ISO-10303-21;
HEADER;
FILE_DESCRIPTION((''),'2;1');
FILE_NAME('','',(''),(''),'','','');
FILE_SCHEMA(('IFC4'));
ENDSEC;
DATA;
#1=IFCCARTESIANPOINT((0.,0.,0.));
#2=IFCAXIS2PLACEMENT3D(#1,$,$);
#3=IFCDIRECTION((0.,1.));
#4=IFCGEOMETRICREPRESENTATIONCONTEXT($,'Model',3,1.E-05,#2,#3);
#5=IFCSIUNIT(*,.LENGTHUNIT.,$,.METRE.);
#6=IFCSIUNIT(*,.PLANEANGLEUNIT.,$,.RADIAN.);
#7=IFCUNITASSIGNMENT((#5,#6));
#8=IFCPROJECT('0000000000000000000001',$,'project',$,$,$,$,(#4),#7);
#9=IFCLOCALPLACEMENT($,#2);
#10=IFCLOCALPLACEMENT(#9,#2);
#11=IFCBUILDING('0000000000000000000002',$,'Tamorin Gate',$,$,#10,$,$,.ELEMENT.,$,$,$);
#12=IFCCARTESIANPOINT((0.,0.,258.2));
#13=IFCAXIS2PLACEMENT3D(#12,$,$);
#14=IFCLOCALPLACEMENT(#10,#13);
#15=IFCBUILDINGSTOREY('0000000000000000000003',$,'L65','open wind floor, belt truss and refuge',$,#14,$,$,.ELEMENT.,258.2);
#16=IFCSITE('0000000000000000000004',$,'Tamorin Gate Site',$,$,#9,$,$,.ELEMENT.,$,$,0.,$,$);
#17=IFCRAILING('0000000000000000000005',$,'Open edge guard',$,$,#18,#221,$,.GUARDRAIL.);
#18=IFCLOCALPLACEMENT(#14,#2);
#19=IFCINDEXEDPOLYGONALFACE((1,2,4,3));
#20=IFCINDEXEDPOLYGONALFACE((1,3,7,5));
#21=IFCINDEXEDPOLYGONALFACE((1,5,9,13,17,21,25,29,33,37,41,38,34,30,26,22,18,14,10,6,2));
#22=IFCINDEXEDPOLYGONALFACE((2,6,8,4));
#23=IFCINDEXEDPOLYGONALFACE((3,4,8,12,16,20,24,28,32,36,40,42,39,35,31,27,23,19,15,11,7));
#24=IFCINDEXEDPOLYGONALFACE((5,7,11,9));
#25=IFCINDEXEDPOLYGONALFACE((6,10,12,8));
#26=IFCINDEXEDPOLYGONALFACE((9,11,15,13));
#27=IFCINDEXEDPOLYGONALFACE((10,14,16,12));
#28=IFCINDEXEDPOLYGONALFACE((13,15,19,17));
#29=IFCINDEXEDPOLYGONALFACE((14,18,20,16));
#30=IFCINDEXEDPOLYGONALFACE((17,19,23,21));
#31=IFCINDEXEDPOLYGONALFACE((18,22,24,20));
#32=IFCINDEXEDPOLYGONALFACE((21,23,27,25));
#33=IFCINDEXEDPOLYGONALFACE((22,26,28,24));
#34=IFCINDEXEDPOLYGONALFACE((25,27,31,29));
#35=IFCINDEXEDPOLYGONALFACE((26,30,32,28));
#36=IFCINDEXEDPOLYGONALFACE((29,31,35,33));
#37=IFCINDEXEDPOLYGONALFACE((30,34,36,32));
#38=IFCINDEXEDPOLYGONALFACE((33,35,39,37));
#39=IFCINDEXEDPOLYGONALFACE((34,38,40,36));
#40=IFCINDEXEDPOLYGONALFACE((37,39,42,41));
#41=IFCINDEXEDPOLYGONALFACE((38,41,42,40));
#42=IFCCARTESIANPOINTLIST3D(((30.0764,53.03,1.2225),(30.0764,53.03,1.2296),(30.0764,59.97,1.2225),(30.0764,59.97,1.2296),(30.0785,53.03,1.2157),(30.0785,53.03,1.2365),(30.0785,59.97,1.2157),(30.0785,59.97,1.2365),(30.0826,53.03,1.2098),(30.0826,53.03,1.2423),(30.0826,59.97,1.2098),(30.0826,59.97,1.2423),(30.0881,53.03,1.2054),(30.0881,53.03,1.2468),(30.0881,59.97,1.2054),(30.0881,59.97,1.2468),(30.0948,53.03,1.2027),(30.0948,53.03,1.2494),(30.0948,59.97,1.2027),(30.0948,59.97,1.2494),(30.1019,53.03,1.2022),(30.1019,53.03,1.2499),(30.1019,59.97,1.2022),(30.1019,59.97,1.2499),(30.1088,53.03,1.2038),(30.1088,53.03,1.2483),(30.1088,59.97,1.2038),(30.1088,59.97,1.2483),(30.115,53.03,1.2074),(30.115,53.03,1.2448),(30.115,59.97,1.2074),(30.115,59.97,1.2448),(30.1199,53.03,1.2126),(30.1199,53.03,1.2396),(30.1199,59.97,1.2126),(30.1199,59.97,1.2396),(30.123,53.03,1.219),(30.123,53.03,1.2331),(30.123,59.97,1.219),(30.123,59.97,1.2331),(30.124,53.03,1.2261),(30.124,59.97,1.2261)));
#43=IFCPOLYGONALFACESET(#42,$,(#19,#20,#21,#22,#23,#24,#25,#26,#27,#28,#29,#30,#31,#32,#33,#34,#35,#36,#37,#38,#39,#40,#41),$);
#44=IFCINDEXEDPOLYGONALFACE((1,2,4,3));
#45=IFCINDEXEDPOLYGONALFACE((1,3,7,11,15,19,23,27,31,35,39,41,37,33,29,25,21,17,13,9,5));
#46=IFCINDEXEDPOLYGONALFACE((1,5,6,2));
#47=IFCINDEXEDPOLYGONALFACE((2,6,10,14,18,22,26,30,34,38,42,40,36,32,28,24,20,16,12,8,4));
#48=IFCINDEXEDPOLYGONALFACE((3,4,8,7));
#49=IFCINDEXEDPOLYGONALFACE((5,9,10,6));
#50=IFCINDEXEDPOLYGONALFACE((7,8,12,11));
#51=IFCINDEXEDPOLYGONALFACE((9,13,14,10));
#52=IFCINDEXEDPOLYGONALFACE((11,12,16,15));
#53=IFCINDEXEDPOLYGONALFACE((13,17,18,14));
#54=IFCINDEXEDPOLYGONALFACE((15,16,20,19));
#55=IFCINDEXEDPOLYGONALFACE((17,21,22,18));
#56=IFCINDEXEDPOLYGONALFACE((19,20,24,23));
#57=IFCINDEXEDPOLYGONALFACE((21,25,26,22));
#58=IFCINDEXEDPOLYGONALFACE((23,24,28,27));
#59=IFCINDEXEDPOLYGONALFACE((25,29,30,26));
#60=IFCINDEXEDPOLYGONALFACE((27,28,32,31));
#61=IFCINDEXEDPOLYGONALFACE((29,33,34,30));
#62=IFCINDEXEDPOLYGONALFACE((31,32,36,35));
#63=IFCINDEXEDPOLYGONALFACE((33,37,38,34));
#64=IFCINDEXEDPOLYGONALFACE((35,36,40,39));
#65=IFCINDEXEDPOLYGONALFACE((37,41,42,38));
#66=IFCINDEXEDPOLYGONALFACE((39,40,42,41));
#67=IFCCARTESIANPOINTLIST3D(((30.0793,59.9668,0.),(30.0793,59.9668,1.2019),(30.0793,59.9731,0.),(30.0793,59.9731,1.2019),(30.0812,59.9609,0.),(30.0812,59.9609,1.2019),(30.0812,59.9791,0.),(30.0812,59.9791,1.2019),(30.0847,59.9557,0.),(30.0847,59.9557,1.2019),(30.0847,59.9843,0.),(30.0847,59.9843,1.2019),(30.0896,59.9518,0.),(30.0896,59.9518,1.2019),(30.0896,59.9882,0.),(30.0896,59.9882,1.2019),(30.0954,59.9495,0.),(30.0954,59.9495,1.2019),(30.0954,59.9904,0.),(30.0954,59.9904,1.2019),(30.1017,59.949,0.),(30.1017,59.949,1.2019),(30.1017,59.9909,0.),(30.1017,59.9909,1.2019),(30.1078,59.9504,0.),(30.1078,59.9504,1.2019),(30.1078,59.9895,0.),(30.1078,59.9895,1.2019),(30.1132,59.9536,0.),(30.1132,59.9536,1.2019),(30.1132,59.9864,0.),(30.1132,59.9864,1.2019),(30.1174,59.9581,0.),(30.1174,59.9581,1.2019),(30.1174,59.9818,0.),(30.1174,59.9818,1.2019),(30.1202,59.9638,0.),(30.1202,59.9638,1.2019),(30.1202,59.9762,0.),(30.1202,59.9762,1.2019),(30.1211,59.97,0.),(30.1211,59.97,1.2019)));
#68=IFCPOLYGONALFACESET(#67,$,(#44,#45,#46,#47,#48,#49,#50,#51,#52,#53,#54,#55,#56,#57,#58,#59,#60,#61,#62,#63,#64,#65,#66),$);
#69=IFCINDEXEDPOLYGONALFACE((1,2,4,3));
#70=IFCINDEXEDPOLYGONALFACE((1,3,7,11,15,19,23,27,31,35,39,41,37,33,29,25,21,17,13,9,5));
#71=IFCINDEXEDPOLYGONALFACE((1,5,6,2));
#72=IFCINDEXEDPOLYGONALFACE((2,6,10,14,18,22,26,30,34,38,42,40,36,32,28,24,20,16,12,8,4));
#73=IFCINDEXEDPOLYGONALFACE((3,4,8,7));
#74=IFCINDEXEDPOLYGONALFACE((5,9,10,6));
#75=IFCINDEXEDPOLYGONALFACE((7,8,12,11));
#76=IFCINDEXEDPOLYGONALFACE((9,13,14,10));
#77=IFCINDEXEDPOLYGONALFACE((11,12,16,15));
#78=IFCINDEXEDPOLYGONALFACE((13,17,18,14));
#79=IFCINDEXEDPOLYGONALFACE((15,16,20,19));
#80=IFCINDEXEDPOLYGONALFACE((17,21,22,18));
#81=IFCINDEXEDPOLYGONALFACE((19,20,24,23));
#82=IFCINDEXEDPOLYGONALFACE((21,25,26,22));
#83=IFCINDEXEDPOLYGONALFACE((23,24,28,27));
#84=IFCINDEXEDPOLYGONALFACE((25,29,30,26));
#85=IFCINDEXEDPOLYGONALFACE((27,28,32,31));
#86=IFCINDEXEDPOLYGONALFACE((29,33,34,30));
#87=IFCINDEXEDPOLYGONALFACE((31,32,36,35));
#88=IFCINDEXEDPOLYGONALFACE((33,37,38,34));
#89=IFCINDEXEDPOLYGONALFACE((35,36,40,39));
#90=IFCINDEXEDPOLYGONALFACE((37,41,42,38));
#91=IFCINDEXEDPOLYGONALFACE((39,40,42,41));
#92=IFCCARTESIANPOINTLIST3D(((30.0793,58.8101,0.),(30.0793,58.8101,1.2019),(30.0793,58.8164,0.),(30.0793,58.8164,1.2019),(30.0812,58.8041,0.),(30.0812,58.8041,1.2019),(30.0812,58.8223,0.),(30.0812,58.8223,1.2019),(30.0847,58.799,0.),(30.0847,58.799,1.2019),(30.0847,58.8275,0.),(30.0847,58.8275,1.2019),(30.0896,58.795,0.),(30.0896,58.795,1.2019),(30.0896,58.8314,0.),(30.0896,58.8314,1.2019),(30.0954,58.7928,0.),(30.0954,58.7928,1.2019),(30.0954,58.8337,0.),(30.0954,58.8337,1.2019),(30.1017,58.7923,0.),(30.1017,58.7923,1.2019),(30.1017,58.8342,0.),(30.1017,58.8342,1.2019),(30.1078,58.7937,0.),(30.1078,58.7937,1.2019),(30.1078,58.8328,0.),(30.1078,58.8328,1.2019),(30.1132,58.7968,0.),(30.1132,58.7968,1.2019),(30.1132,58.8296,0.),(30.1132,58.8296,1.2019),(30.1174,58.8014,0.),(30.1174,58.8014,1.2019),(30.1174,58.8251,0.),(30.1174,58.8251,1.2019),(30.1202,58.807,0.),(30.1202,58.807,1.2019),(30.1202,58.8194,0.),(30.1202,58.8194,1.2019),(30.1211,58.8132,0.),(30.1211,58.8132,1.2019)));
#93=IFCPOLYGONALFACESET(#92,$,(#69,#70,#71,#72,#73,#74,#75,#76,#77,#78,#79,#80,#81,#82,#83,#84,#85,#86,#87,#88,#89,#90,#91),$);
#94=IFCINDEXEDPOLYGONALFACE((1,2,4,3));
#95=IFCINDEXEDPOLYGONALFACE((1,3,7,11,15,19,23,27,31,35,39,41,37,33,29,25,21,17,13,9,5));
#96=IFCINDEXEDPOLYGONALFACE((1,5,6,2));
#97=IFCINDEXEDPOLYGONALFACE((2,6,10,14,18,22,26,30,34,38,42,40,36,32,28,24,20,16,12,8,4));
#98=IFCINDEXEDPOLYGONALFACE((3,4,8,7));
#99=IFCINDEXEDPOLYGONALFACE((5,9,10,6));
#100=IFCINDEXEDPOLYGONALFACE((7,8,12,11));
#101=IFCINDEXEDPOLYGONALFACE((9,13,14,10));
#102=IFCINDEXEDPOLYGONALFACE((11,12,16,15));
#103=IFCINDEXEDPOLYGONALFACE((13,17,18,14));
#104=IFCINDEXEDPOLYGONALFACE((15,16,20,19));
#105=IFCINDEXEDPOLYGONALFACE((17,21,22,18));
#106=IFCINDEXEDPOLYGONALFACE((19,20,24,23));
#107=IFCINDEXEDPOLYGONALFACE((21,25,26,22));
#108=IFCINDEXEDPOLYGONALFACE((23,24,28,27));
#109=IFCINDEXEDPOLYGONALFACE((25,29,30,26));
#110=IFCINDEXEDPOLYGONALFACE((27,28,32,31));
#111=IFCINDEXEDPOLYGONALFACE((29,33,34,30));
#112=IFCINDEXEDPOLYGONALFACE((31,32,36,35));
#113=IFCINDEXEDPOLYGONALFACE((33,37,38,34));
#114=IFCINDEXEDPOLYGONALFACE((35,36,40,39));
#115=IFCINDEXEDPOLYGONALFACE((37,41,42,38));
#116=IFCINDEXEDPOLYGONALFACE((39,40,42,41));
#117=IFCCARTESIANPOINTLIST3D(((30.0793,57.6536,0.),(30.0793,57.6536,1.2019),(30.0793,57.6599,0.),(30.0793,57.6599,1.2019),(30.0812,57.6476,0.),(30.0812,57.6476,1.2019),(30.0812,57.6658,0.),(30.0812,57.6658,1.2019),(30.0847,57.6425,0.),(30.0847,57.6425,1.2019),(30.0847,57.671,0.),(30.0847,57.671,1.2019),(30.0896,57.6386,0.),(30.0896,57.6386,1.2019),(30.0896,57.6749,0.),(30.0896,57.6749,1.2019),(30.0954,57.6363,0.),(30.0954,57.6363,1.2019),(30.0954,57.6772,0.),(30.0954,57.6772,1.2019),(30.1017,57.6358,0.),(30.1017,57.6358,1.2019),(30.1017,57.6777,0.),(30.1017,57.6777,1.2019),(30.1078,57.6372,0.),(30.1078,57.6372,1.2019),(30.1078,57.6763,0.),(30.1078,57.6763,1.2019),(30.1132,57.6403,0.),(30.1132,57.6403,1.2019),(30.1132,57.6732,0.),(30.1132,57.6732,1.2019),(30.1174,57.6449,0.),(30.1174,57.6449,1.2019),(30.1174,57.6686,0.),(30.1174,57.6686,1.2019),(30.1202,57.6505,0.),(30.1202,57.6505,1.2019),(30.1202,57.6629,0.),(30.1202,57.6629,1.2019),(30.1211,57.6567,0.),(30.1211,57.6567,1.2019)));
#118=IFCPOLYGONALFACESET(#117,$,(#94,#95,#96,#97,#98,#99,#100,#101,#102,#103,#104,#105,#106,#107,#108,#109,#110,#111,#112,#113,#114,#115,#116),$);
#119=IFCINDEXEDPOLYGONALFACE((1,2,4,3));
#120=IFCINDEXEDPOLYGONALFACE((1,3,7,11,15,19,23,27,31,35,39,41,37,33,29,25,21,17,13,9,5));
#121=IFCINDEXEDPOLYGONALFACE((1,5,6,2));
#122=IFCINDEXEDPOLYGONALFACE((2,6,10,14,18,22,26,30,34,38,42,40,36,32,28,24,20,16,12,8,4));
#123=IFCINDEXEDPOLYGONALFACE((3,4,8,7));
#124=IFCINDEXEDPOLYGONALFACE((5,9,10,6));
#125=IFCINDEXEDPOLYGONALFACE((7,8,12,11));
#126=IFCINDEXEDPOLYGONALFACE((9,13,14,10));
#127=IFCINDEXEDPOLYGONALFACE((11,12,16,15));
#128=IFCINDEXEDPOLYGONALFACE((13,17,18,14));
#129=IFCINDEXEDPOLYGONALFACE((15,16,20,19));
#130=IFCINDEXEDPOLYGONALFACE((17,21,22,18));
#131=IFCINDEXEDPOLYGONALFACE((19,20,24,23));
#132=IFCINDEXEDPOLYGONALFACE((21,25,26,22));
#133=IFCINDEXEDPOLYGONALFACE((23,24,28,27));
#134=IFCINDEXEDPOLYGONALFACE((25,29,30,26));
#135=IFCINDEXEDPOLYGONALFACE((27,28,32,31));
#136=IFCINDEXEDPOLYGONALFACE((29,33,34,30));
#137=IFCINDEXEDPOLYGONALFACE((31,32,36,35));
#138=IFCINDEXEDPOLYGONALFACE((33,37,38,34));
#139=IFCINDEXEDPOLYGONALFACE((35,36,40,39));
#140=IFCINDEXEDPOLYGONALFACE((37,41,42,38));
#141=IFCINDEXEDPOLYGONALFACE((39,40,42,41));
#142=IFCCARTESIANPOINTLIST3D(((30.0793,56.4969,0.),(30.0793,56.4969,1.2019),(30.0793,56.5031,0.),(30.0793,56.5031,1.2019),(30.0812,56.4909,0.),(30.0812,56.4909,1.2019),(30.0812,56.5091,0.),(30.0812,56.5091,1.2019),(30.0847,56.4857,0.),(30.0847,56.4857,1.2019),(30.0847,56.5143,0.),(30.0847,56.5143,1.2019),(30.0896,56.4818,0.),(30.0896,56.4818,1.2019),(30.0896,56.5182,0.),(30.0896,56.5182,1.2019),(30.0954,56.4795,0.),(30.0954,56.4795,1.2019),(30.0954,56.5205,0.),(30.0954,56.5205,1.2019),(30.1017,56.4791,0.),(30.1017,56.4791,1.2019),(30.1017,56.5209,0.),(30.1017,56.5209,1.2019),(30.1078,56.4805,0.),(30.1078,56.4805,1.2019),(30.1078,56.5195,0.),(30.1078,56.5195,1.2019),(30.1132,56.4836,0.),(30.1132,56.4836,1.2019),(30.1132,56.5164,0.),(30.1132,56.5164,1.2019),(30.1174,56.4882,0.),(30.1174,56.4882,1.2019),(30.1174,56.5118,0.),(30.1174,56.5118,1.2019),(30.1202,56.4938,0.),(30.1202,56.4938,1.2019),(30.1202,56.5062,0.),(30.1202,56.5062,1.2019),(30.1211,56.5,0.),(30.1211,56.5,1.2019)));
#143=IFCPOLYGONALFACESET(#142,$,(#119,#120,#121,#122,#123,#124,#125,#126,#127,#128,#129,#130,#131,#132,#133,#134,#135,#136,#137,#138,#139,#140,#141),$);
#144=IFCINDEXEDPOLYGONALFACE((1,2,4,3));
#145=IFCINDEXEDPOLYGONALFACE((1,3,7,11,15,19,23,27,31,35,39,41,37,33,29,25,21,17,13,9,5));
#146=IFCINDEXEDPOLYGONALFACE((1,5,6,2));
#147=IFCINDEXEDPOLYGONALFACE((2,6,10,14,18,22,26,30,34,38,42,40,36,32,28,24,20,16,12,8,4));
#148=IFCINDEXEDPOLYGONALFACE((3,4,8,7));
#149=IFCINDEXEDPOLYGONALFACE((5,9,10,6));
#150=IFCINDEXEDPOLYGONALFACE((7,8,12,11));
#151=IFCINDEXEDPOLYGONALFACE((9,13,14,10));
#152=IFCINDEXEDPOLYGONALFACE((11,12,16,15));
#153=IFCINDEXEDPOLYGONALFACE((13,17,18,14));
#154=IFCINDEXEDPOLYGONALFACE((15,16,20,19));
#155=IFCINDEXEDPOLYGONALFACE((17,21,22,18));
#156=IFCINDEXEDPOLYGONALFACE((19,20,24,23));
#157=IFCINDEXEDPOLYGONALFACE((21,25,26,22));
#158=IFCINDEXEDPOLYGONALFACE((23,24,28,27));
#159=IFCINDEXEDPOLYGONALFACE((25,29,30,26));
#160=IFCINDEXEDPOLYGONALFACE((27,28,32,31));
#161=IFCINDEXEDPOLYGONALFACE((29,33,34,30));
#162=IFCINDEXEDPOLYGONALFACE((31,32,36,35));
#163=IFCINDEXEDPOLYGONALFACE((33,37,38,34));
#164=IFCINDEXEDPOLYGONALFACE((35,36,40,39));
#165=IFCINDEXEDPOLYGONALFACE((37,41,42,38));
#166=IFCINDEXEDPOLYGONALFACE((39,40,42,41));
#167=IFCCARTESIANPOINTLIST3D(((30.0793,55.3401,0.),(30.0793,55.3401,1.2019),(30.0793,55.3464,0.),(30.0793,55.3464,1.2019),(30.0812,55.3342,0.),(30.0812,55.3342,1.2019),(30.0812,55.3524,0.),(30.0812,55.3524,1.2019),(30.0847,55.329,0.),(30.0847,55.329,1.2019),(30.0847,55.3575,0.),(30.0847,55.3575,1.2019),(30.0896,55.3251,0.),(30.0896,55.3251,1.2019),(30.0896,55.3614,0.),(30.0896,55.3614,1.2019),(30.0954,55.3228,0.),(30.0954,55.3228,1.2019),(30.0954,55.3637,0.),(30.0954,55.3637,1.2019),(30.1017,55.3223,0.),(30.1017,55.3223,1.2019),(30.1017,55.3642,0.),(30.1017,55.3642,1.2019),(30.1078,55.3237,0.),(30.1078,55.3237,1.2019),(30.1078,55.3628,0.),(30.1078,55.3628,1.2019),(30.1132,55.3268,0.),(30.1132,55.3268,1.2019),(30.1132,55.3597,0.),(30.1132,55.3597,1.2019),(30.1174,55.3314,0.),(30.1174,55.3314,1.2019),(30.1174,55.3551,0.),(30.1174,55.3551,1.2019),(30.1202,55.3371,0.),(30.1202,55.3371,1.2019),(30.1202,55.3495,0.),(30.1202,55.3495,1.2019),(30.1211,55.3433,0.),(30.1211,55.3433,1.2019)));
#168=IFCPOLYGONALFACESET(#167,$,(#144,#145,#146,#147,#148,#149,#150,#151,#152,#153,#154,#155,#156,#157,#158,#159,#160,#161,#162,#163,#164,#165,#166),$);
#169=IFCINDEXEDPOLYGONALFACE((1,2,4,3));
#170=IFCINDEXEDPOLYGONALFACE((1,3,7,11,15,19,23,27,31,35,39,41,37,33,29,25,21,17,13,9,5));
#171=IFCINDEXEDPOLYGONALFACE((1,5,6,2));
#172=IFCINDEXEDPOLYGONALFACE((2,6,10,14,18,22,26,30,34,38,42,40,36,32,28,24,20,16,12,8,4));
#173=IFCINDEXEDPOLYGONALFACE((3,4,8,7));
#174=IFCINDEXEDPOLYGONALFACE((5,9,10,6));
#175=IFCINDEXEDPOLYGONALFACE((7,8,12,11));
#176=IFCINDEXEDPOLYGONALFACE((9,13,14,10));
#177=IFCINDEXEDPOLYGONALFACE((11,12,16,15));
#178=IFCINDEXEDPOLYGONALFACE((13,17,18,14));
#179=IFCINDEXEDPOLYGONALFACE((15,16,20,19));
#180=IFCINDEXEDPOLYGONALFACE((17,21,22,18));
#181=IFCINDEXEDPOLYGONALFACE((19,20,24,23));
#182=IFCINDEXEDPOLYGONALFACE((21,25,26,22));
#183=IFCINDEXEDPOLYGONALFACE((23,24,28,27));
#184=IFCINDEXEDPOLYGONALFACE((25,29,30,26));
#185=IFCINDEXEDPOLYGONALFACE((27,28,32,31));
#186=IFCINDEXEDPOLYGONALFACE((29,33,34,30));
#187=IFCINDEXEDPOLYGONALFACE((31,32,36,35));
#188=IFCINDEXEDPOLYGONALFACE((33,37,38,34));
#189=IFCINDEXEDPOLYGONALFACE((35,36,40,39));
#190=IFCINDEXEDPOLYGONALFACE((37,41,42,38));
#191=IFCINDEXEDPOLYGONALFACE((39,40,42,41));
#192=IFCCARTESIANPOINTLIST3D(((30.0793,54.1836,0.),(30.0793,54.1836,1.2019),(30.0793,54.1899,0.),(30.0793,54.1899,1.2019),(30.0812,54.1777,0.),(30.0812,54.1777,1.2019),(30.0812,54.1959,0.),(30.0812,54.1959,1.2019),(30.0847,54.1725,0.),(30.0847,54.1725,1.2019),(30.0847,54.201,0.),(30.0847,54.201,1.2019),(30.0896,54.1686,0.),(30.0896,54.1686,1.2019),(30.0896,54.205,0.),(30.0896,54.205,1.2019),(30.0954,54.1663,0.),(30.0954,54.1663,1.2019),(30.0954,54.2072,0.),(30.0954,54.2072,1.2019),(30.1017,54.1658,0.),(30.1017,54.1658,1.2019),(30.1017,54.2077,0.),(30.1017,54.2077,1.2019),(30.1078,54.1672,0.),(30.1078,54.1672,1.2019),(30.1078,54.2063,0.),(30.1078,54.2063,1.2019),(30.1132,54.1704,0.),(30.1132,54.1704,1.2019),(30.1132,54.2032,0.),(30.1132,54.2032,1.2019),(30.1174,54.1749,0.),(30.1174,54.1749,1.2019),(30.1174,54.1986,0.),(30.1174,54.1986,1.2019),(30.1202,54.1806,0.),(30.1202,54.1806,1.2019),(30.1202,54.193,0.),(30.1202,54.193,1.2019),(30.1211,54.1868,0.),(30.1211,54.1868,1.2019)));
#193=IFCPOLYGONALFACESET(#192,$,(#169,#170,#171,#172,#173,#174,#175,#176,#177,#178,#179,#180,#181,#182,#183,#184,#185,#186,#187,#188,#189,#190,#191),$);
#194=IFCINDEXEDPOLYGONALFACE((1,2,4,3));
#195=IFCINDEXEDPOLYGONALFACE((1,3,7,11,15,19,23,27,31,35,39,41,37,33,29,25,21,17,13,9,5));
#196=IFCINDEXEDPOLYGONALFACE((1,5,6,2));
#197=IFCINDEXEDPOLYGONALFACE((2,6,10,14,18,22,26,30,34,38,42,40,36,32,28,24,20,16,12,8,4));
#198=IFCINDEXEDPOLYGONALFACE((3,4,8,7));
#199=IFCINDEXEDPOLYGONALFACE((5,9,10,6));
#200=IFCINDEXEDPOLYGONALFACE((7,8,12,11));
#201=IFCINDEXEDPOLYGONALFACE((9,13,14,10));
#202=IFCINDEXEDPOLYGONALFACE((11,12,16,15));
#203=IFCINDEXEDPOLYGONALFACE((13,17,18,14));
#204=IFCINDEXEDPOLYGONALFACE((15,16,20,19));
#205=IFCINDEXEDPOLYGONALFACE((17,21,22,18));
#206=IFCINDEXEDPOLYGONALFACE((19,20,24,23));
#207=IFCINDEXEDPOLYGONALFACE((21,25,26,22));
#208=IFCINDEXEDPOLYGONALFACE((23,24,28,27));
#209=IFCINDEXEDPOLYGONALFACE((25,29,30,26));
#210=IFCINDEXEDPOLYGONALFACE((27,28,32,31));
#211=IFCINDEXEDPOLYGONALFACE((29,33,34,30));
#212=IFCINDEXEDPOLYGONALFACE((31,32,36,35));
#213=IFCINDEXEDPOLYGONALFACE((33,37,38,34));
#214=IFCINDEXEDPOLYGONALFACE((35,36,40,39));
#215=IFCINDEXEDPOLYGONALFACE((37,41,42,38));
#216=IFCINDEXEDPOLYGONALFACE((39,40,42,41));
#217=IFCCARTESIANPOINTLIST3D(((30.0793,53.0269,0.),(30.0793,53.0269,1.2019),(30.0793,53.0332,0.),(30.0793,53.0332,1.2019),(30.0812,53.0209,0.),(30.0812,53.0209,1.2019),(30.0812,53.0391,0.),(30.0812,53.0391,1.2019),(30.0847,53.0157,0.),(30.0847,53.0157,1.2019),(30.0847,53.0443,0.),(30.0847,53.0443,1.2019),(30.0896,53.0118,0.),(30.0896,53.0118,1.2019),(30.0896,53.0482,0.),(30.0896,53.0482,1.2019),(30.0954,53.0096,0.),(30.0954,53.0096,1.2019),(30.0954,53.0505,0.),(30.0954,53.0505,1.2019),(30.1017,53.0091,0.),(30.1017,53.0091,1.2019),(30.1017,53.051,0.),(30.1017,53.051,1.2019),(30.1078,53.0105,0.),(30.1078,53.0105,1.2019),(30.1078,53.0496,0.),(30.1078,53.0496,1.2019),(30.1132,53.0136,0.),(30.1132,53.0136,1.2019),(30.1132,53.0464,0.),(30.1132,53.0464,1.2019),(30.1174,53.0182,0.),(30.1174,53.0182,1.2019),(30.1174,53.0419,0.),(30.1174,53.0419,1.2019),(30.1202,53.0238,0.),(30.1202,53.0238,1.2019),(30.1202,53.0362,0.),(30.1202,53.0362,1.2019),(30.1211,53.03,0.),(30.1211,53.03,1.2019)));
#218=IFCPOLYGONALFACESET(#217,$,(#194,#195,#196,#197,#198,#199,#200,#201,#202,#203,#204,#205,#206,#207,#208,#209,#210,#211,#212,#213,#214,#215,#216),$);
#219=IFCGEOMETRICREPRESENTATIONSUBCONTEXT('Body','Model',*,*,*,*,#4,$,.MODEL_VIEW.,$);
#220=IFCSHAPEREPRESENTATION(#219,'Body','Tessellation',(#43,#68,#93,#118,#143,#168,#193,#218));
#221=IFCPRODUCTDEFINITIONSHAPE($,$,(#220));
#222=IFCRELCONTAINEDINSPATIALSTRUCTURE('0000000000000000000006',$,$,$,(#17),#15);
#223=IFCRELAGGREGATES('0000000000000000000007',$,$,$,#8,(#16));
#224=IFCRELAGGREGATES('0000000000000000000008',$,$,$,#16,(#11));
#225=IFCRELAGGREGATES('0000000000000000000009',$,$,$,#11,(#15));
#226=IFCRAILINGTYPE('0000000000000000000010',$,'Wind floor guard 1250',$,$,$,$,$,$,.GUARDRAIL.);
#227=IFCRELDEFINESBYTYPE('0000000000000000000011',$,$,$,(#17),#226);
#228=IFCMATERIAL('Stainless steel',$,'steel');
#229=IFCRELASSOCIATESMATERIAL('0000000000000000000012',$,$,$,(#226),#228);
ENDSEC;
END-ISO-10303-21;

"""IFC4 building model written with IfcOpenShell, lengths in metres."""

from ifc_helpers import new_model, si_unit, direction, frame, origin, origin_2d, place, context, subcontext, project, spatial, circle, extrude, material, type_object, element, save


model = new_model("IFC4")

# Units and contexts
model_context = context("Model", 3, precision=1e-05, world=origin(), true_north=direction((0.0, 1.0)))
body_context = subcontext(model_context, "Body", "Model", "MODEL_VIEW")
ifc_project = project(units=[si_unit("LENGTHUNIT", "METRE"), si_unit("PLANEANGLEUNIT", "RADIAN")], contexts=[model_context])

# Site, building, storey
site_placement = place(None, origin())
site = spatial("IfcSite", under=ifc_project, at=site_placement, Name="Tamorin Gate Site", CompositionType="ELEMENT", RefElevation=0.0)
building_placement = place(site_placement, origin())
building = spatial("IfcBuilding", under=site, at=building_placement, Name="Tamorin Gate", CompositionType="ELEMENT")
storey_placement = place(building_placement, frame((0.0, 0.0, 258.2)))
storey = spatial("IfcBuildingStorey", under=building, at=storey_placement, Name="L65", Description="open wind floor, belt truss and refuge", CompositionType="ELEMENT", Elevation=258.2)

# Railing
ifc_material_1 = material(Name="Stainless steel", Category="steel")
railing_type = type_object("IfcRailingType", Name="Wind floor guard 1250", PredefinedType="GUARDRAIL", material=ifc_material_1)
railing_1_placement = place(storey_placement, frame((30.1001, 59.97, 0.0)))
element("IfcRailing", 1, at=railing_1_placement, inside=storey, type_object=railing_type, Name="Open edge guard", PredefinedType="GUARDRAIL", context=body_context, shape_type="SweptSolid", body=[
    extrude(circle(Radius=0.0239, at=origin_2d()), frame((0.0, 0.0, 1.2261), z_axis=(0.0, -1.0, 0.0), x_axis=(1.0, 0.0, 0.0)), (0.0, 0.0, 1.0), 6.9399),
    extrude(circle(Radius=0.021, at=origin_2d()), origin(), (0.0, 0.0, 1.0), 1.2019),
    extrude(circle(Radius=0.021, at=origin_2d()), frame((0.0, -1.1567, 0.0)), (0.0, 0.0, 1.0), 1.2019),
    extrude(circle(Radius=0.021, at=origin_2d()), frame((0.0, -2.3132, 0.0)), (0.0, 0.0, 1.0), 1.2019),
    extrude(circle(Radius=0.021, at=origin_2d()), frame((0.0, -3.47, 0.0)), (0.0, 0.0, 1.0), 1.2019),
    extrude(circle(Radius=0.021, at=origin_2d()), frame((0.0, -4.6267, 0.0)), (0.0, 0.0, 1.0), 1.2019),
    extrude(circle(Radius=0.021, at=origin_2d()), frame((0.0, -5.7832, 0.0)), (0.0, 0.0, 1.0), 1.2019),
    extrude(circle(Radius=0.021, at=origin_2d()), frame((0.0, -6.9399, 0.0)), (0.0, 0.0, 1.0), 1.2019),
])

save(model, "model.ifc")
